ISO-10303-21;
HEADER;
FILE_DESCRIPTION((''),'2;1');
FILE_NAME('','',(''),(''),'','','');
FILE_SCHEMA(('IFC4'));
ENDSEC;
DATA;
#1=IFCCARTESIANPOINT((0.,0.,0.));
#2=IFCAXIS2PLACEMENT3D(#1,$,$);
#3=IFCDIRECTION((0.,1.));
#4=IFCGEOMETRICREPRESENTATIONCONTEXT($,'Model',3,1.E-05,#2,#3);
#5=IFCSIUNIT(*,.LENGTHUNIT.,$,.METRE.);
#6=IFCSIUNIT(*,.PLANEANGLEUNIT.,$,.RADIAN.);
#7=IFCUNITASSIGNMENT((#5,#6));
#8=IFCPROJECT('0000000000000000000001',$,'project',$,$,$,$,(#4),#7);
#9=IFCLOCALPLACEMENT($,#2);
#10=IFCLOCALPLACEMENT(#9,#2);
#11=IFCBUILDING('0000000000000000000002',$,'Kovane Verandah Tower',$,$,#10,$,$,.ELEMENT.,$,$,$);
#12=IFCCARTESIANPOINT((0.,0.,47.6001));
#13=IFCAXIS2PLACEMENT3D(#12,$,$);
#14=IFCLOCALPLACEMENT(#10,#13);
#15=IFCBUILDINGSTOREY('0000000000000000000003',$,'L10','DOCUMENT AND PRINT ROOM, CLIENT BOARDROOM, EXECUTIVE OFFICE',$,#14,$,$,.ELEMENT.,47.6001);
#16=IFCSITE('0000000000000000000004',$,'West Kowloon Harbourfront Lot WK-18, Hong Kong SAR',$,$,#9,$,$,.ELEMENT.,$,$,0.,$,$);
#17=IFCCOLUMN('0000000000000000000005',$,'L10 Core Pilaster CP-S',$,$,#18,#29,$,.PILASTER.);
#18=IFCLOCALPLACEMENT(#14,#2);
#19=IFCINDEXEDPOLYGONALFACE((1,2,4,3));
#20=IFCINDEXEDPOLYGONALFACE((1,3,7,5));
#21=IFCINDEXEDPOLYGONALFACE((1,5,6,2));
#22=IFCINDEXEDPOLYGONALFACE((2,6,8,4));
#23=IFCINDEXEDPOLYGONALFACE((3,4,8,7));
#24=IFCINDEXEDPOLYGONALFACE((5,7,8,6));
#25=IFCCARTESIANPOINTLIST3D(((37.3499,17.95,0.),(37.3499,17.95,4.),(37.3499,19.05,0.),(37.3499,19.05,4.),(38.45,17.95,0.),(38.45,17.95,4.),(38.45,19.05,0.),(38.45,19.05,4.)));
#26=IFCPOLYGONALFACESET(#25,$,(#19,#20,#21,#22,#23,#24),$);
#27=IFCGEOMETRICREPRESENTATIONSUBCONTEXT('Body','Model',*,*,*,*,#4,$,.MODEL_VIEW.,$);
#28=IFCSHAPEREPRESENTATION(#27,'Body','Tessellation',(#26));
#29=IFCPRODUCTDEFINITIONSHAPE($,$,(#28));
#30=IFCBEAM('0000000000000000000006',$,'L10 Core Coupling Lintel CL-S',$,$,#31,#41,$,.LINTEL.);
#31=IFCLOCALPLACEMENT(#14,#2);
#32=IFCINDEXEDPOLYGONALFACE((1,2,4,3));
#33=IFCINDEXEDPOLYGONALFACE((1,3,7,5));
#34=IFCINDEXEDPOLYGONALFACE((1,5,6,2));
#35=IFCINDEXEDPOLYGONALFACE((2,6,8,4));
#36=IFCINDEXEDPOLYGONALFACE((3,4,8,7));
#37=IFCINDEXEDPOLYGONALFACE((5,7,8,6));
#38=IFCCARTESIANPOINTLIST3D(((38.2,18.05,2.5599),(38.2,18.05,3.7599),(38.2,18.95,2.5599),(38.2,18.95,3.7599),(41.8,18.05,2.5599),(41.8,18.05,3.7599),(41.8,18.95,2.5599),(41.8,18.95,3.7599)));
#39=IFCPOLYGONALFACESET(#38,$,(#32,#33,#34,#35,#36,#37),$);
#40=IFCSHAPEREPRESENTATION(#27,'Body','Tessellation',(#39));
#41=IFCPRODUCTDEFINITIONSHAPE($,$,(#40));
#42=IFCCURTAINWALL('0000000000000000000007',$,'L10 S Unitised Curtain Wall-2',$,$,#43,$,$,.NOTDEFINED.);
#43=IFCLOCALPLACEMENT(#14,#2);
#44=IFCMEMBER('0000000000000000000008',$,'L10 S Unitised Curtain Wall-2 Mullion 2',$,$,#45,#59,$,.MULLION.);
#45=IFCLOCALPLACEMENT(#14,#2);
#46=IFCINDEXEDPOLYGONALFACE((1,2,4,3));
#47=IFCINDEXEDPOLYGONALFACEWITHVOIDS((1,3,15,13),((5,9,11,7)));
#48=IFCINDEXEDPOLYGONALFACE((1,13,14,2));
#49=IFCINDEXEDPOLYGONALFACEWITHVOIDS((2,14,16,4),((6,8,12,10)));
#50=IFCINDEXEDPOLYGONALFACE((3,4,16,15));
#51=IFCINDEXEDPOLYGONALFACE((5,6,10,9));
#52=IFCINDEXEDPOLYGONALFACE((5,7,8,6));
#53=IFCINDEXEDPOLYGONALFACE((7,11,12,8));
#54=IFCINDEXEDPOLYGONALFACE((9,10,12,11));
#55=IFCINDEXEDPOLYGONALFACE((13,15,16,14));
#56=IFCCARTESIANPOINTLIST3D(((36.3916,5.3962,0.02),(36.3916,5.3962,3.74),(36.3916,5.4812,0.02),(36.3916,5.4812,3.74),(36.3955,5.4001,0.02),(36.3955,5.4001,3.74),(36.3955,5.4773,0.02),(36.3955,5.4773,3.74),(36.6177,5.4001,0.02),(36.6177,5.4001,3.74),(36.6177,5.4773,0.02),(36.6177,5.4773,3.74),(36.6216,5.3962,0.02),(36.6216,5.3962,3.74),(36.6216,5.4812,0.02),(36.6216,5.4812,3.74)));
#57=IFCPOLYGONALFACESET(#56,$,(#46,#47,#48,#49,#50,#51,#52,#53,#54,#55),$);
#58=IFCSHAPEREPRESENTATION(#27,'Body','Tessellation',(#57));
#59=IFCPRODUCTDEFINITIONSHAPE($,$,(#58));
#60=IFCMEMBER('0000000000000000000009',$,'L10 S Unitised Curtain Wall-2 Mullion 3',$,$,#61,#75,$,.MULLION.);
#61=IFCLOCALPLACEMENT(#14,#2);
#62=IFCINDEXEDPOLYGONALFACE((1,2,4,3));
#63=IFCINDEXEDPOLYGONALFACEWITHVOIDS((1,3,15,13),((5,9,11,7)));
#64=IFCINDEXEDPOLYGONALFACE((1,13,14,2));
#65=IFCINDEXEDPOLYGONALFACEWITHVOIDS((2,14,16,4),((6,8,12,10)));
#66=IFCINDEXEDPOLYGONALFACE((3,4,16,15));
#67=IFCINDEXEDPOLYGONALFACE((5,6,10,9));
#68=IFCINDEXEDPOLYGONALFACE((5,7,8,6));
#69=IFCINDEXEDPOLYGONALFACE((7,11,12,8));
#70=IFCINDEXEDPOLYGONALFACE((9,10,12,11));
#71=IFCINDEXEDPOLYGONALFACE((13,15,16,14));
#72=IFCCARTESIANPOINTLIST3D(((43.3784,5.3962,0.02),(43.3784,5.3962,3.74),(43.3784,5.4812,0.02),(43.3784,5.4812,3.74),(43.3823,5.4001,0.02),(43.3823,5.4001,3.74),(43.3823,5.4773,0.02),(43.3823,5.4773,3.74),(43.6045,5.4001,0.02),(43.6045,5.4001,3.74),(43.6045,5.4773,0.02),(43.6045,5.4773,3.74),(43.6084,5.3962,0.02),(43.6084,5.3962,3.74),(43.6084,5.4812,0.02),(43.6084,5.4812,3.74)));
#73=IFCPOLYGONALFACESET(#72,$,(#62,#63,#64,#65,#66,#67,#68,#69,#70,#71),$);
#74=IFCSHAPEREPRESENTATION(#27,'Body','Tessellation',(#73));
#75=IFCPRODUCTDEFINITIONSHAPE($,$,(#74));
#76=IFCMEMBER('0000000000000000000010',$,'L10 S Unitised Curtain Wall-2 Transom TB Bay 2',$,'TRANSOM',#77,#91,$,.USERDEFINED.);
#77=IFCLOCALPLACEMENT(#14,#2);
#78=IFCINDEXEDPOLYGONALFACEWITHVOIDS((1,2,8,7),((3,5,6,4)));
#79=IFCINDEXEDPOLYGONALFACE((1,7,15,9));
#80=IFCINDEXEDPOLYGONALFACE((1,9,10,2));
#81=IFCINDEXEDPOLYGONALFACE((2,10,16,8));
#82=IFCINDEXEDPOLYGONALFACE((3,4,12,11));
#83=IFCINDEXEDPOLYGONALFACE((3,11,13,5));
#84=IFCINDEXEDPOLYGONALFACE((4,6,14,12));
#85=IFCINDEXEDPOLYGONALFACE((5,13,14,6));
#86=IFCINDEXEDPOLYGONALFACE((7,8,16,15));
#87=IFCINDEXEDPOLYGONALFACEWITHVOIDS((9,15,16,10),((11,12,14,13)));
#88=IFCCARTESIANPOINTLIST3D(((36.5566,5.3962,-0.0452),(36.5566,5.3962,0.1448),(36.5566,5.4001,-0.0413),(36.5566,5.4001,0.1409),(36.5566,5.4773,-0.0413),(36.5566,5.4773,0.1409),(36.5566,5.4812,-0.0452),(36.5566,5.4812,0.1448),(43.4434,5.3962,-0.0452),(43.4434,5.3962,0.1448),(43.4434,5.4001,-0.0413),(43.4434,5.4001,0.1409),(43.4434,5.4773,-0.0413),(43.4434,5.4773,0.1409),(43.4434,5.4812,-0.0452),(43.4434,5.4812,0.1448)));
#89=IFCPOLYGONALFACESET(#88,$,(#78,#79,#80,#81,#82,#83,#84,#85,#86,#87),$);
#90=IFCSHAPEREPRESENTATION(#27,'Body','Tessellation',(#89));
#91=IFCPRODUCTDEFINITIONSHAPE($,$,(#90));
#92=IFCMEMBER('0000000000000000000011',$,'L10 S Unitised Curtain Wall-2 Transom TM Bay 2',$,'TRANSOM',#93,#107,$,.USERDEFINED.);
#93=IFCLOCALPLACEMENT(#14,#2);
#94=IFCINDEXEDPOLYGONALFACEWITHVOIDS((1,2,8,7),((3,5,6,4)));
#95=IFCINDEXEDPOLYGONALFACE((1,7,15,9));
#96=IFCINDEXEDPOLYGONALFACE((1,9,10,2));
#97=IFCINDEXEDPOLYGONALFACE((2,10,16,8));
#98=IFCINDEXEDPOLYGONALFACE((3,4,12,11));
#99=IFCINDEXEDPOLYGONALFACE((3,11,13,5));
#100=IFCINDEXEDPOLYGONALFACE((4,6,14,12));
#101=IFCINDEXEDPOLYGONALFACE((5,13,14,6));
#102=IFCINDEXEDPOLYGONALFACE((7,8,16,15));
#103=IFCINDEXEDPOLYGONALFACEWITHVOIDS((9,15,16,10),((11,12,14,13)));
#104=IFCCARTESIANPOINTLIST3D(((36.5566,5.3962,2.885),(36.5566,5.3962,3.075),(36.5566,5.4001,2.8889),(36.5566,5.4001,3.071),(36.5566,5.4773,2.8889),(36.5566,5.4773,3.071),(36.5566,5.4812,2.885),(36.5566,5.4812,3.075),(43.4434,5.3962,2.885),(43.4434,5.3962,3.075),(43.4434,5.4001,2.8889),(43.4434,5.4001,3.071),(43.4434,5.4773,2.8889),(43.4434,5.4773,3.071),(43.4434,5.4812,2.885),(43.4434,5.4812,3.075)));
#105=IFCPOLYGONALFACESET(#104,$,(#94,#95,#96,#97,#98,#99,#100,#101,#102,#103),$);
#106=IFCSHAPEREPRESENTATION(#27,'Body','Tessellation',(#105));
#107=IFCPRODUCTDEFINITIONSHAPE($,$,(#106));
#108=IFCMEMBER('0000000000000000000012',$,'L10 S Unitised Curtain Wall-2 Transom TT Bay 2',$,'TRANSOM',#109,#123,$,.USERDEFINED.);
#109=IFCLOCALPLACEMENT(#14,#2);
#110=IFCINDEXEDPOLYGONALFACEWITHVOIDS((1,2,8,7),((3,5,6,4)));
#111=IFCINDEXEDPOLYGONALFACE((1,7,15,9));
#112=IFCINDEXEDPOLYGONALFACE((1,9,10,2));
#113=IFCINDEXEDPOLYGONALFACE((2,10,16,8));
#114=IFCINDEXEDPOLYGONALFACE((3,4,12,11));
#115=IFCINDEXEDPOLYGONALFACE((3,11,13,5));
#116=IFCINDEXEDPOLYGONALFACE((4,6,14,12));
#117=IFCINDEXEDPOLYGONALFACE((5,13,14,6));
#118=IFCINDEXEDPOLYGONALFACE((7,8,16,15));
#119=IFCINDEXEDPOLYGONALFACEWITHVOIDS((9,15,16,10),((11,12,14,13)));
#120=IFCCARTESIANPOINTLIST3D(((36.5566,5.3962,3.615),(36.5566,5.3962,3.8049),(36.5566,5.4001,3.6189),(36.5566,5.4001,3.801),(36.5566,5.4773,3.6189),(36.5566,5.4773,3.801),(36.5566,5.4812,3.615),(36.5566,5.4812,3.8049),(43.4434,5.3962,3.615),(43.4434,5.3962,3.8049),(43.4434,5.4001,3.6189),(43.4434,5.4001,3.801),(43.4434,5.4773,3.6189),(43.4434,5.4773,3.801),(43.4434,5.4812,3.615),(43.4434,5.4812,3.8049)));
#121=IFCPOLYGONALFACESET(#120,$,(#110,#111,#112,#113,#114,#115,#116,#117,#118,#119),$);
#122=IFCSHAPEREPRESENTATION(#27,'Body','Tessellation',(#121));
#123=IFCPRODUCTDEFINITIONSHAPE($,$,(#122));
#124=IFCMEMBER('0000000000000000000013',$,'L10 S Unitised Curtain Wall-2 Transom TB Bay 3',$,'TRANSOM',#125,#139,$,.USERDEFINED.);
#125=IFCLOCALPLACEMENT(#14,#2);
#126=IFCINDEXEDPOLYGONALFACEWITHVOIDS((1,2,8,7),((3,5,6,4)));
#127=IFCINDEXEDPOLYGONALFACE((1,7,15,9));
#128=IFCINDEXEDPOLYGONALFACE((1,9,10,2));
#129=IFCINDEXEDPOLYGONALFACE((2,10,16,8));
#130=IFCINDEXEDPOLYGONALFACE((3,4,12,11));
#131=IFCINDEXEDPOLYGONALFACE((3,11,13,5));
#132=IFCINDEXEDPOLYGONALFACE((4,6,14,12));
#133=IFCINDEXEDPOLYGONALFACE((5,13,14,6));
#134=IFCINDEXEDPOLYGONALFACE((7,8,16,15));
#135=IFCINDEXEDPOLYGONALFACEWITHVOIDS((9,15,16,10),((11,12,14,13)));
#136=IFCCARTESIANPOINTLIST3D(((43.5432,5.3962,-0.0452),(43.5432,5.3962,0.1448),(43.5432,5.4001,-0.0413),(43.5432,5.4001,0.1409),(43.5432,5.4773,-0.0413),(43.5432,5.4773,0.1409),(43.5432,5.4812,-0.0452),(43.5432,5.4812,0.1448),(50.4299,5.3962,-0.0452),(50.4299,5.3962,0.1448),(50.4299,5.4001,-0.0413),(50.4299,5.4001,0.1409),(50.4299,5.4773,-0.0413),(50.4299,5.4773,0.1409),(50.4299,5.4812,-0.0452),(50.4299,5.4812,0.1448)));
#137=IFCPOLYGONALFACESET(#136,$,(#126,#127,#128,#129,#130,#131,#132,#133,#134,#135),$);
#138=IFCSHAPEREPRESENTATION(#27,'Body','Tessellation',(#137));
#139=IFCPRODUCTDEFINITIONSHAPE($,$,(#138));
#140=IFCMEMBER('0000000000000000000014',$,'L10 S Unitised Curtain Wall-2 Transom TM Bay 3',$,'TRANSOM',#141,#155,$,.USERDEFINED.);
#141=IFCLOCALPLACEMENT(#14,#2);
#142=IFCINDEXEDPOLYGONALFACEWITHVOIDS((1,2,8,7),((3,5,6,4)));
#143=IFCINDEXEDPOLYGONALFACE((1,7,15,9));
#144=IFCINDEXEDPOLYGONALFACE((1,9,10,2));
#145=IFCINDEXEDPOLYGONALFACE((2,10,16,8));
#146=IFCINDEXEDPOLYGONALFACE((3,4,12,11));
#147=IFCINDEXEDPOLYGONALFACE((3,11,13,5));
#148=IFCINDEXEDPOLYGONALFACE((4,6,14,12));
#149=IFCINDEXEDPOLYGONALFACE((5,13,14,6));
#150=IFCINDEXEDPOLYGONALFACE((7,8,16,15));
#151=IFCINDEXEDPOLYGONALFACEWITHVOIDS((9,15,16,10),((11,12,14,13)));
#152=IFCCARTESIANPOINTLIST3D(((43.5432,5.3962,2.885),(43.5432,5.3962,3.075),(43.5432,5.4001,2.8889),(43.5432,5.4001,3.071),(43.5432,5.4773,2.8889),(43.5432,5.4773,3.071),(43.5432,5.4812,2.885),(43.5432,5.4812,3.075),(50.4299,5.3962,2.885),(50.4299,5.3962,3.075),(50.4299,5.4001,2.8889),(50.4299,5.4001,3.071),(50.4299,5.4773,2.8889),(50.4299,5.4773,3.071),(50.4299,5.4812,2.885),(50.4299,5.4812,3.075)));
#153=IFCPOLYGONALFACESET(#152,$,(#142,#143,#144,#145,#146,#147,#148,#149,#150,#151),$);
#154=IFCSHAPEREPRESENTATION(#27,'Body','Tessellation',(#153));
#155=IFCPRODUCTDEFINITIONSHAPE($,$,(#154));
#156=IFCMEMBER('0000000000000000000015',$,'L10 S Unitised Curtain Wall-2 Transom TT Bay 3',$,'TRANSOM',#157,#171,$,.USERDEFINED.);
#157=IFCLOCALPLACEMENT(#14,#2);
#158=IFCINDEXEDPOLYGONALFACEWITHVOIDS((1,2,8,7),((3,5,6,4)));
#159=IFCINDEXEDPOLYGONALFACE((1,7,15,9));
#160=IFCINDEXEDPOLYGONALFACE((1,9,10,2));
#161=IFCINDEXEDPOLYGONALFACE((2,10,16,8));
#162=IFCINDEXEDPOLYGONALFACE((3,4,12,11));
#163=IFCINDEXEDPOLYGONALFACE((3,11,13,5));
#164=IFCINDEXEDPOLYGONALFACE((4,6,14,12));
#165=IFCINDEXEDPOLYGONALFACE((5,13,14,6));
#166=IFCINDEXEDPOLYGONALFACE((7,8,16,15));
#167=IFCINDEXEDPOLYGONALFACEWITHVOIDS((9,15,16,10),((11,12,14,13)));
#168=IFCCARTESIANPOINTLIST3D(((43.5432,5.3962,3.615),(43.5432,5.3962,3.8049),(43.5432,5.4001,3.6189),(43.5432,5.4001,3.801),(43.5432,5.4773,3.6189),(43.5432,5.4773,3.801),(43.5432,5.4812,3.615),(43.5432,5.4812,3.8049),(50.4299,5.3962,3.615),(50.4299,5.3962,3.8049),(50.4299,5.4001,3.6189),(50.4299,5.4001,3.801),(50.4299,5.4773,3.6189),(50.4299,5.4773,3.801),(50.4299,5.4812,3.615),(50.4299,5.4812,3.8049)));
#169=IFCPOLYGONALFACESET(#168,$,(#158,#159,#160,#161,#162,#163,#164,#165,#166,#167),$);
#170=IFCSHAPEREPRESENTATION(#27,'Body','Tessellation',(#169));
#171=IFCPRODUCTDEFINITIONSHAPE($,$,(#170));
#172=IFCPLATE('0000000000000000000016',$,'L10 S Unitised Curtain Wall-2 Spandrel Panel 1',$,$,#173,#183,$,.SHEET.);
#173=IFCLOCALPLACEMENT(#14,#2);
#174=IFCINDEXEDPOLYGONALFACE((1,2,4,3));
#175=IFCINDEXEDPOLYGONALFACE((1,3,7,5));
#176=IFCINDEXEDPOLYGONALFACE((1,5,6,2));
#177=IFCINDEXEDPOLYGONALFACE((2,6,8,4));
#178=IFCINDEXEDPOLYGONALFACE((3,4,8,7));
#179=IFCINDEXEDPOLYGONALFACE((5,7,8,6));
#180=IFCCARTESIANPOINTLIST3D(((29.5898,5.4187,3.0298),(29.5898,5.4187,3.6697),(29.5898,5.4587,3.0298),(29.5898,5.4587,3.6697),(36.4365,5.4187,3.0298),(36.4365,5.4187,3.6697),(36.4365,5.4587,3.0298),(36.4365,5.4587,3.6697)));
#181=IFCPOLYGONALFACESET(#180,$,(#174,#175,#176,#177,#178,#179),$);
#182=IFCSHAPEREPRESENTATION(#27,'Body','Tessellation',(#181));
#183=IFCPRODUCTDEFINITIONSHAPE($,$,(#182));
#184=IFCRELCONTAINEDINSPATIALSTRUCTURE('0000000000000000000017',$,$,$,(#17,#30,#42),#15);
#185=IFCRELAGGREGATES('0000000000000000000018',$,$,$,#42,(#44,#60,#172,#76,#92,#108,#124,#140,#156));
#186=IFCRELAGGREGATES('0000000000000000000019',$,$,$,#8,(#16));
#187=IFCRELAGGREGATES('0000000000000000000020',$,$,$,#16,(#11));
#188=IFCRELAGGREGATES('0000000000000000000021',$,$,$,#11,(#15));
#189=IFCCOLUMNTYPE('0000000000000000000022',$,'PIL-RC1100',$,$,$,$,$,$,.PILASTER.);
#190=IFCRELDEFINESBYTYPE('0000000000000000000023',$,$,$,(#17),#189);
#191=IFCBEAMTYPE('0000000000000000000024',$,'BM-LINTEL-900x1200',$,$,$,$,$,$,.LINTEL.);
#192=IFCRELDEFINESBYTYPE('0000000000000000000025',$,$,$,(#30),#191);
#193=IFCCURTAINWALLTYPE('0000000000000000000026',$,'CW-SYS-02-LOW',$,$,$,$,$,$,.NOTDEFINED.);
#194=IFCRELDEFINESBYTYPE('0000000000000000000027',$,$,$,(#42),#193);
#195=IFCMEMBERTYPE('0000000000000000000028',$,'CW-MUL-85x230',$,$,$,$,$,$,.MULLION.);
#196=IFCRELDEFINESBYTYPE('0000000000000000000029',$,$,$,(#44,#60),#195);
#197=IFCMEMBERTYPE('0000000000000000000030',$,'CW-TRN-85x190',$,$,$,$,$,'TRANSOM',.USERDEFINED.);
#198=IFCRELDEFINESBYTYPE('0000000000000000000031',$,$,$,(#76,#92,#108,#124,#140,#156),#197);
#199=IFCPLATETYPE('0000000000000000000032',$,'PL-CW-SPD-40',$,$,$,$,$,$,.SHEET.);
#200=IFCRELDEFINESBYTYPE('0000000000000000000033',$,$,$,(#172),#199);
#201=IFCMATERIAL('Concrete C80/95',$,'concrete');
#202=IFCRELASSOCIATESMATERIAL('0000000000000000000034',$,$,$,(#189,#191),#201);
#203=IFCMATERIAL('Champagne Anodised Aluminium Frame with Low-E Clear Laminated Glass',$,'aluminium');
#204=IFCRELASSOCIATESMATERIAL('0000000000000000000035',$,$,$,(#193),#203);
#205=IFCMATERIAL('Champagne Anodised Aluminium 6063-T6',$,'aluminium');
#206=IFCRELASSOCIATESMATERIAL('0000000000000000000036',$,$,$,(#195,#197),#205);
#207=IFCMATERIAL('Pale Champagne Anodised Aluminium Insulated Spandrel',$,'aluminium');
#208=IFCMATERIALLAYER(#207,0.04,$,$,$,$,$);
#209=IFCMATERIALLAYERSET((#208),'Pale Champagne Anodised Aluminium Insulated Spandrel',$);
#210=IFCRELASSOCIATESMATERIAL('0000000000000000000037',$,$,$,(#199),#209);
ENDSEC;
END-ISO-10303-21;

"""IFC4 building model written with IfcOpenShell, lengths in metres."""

from ifc_helpers import new_model, si_unit, direction, frame, origin, origin_2d, place, context, subcontext, project, spatial, rectangle, hollow_rectangle, extrude, material, layer, layer_set, material_profile, profile_set, type_object, element, aggregate, save


model = new_model("IFC4")

# Units and contexts
model_context = context("Model", 3, precision=1e-05, world=origin(), true_north=direction((0.0, 1.0)))
body_context = subcontext(model_context, "Body", "Model", "MODEL_VIEW")
ifc_project = project(units=[si_unit("LENGTHUNIT", "METRE"), si_unit("PLANEANGLEUNIT", "RADIAN")], contexts=[model_context])

# Site, building, storey
site_placement = place(None, origin())
site = spatial("IfcSite", under=ifc_project, at=site_placement, Name="West Kowloon Harbourfront Lot WK-18, Hong Kong SAR", CompositionType="ELEMENT", RefElevation=0.0)
building_placement = place(site_placement, origin())
building = spatial("IfcBuilding", under=site, at=building_placement, Name="Kovane Verandah Tower", CompositionType="ELEMENT")
storey_placement = place(building_placement, frame((0.0, 0.0, 47.6001)))
storey = spatial("IfcBuildingStorey", under=building, at=storey_placement, Name="L10", Description="DOCUMENT AND PRINT ROOM, CLIENT BOARDROOM, EXECUTIVE OFFICE", CompositionType="ELEMENT", Elevation=47.6001)

# Column
ifc_material_1 = material(Name="Concrete C80/95", Category="concrete")
ifc_material_profile_1 = material_profile(ifc_material_1, rectangle(XDim=1.1001, YDim=1.1001, at=origin_2d()), Name="RC1100x1100")
ifc_profile_set_1 = profile_set([ifc_material_profile_1], Name="Concrete C80/95")
column_type = type_object("IfcColumnType", Name="PIL-RC1100", PredefinedType="PILASTER", material=ifc_profile_set_1)
column_placement = place(storey_placement, frame((37.8999, 18.5, 0.0), z_axis=(0.0, 0.0, 1.0), x_axis=(1.0, 0.0, 0.0)))
element("IfcColumn", 1, at=column_placement, inside=storey, type_object=column_type, Name="L10 Core Pilaster CP-S", PredefinedType="PILASTER", context=body_context, shape_type="SweptSolid", body=[
    extrude(rectangle(XDim=1.1001, YDim=1.1001, at=origin_2d()), origin(), (0.0, 0.0, 1.0), 4.0),
])

# Beam
ifc_material_profile_2 = material_profile(ifc_material_1, rectangle(XDim=0.8999, YDim=1.2, at=origin_2d()), Name="RCB900x1200")
ifc_profile_set_2 = profile_set([ifc_material_profile_2], Name="Concrete C80/95")
beam_type = type_object("IfcBeamType", Name="BM-LINTEL-900x1200", PredefinedType="LINTEL", material=ifc_profile_set_2)
beam_placement = place(storey_placement, frame((38.2, 18.5, 3.1599), z_axis=(1.0, 0.0, 0.0), x_axis=(0.0, 1.0, 0.0)))
element("IfcBeam", 2, at=beam_placement, inside=storey, type_object=beam_type, Name="L10 Core Coupling Lintel CL-S", PredefinedType="LINTEL", context=body_context, shape_type="SweptSolid", body=[
    extrude(rectangle(XDim=0.8999, YDim=1.2, at=origin_2d()), origin(), (0.0, 0.0, 1.0), 3.6001),
])

# Curtain wall, members, plate
ifc_material_2 = material(Name="Champagne Anodised Aluminium Frame with Low-E Clear Laminated Glass", Category="aluminium")
curtain_wall_type = type_object("IfcCurtainWallType", Name="CW-SYS-02-LOW", PredefinedType="NOTDEFINED", material=ifc_material_2)
curtain_wall_placement = place(storey_placement, origin())
curtain_wall = element("IfcCurtainWall", 3, at=curtain_wall_placement, inside=storey, type_object=curtain_wall_type, Name="L10 S Unitised Curtain Wall-2", PredefinedType="NOTDEFINED")
ifc_material_3 = material(Name="Champagne Anodised Aluminium 6063-T6", Category="aluminium")
ifc_material_profile_3 = material_profile(ifc_material_3, hollow_rectangle(XDim=0.085, YDim=0.23, WallThickness=0.0039, at=origin_2d()), Name="AL85x230x4")
ifc_profile_set_3 = profile_set([ifc_material_profile_3], Name="Champagne Anodised Aluminium 6063-T6")
member_type_1 = type_object("IfcMemberType", Name="CW-MUL-85x230", PredefinedType="MULLION", material=ifc_profile_set_3)
member_1_placement = place(storey_placement, frame((36.5066, 5.4387, 0.02), z_axis=(0.0, 0.0, 1.0), x_axis=(0.0, -1.0, 0.0)))
member_1 = element("IfcMember", 4, at=member_1_placement, type_object=member_type_1, Name="L10 S Unitised Curtain Wall-2 Mullion 2", PredefinedType="MULLION", context=body_context, shape_type="SweptSolid", body=[
    extrude(hollow_rectangle(XDim=0.085, YDim=0.23, WallThickness=0.0039, at=origin_2d()), origin(), (0.0, 0.0, 1.0), 3.72),
])
member_2_placement = place(storey_placement, frame((43.4934, 5.4387, 0.02), z_axis=(0.0, 0.0, 1.0), x_axis=(0.0, -1.0, 0.0)))
member_2 = element("IfcMember", 5, at=member_2_placement, type_object=member_type_1, Name="L10 S Unitised Curtain Wall-2 Mullion 3", PredefinedType="MULLION", context=body_context, shape_type="SweptSolid", body=[
    extrude(hollow_rectangle(XDim=0.085, YDim=0.23, WallThickness=0.0039, at=origin_2d()), origin(), (0.0, 0.0, 1.0), 3.72),
])
ifc_material_profile_4 = material_profile(ifc_material_3, hollow_rectangle(XDim=0.085, YDim=0.1899, WallThickness=0.0039, at=origin_2d()), Name="AL85x190x4")
ifc_profile_set_4 = profile_set([ifc_material_profile_4], Name="Champagne Anodised Aluminium 6063-T6")
member_type_2 = type_object("IfcMemberType", Name="CW-TRN-85x190", ElementType="TRANSOM", PredefinedType="USERDEFINED", material=ifc_profile_set_4)
member_3_placement = place(storey_placement, frame((36.5566, 5.4387, 0.0498), z_axis=(1.0, 0.0, 0.0), x_axis=(0.0, 1.0, 0.0)))
member_3 = element("IfcMember", 6, at=member_3_placement, type_object=member_type_2, Name="L10 S Unitised Curtain Wall-2 Transom TB Bay 2", ObjectType="TRANSOM", PredefinedType="USERDEFINED", context=body_context, shape_type="SweptSolid", body=[
    extrude(hollow_rectangle(XDim=0.085, YDim=0.1899, WallThickness=0.0039, at=origin_2d()), origin(), (0.0, 0.0, 1.0), 6.8867),
])
member_4_placement = place(storey_placement, frame((36.5566, 5.4387, 2.98), z_axis=(1.0, 0.0, 0.0), x_axis=(0.0, 1.0, 0.0)))
member_4 = element("IfcMember", 7, at=member_4_placement, type_object=member_type_2, Name="L10 S Unitised Curtain Wall-2 Transom TM Bay 2", ObjectType="TRANSOM", PredefinedType="USERDEFINED", context=body_context, shape_type="SweptSolid", body=[
    extrude(hollow_rectangle(XDim=0.085, YDim=0.1899, WallThickness=0.0039, at=origin_2d()), origin(), (0.0, 0.0, 1.0), 6.8867),
])
member_5_placement = place(storey_placement, frame((36.5566, 5.4387, 3.71), z_axis=(1.0, 0.0, 0.0), x_axis=(0.0, 1.0, 0.0)))
member_5 = element("IfcMember", 8, at=member_5_placement, type_object=member_type_2, Name="L10 S Unitised Curtain Wall-2 Transom TT Bay 2", ObjectType="TRANSOM", PredefinedType="USERDEFINED", context=body_context, shape_type="SweptSolid", body=[
    extrude(hollow_rectangle(XDim=0.085, YDim=0.1899, WallThickness=0.0039, at=origin_2d()), origin(), (0.0, 0.0, 1.0), 6.8867),
])
member_6_placement = place(storey_placement, frame((43.5432, 5.4387, 0.0498), z_axis=(1.0, 0.0, 0.0), x_axis=(0.0, 1.0, 0.0)))
member_6 = element("IfcMember", 9, at=member_6_placement, type_object=member_type_2, Name="L10 S Unitised Curtain Wall-2 Transom TB Bay 3", ObjectType="TRANSOM", PredefinedType="USERDEFINED", context=body_context, shape_type="SweptSolid", body=[
    extrude(hollow_rectangle(XDim=0.085, YDim=0.1899, WallThickness=0.0039, at=origin_2d()), origin(), (0.0, 0.0, 1.0), 6.8867),
])
member_7_placement = place(storey_placement, frame((43.5432, 5.4387, 2.98), z_axis=(1.0, 0.0, 0.0), x_axis=(0.0, 1.0, 0.0)))
member_7 = element("IfcMember", 10, at=member_7_placement, type_object=member_type_2, Name="L10 S Unitised Curtain Wall-2 Transom TM Bay 3", ObjectType="TRANSOM", PredefinedType="USERDEFINED", context=body_context, shape_type="SweptSolid", body=[
    extrude(hollow_rectangle(XDim=0.085, YDim=0.1899, WallThickness=0.0039, at=origin_2d()), origin(), (0.0, 0.0, 1.0), 6.8867),
])
member_8_placement = place(storey_placement, frame((43.5432, 5.4387, 3.71), z_axis=(1.0, 0.0, 0.0), x_axis=(0.0, 1.0, 0.0)))
member_8 = element("IfcMember", 11, at=member_8_placement, type_object=member_type_2, Name="L10 S Unitised Curtain Wall-2 Transom TT Bay 3", ObjectType="TRANSOM", PredefinedType="USERDEFINED", context=body_context, shape_type="SweptSolid", body=[
    extrude(hollow_rectangle(XDim=0.085, YDim=0.1899, WallThickness=0.0039, at=origin_2d()), origin(), (0.0, 0.0, 1.0), 6.8867),
])
ifc_material_4 = material(Name="Pale Champagne Anodised Aluminium Insulated Spandrel", Category="aluminium")
ifc_layer_1 = layer(ifc_material_4, 0.04)
ifc_layer_set_1 = layer_set([ifc_layer_1], Name="Pale Champagne Anodised Aluminium Insulated Spandrel")
plate_type_1 = type_object("IfcPlateType", Name="PL-CW-SPD-40", PredefinedType="SHEET", material=ifc_layer_set_1)
plate_1_placement = place(storey_placement, frame((33.0132, 5.4387, 3.0298), z_axis=(0.0, 0.0, 1.0), x_axis=(1.0, 0.0, 0.0)))
plate_1 = element("IfcPlate", 12, at=plate_1_placement, type_object=plate_type_1, Name="L10 S Unitised Curtain Wall-2 Spandrel Panel 1", PredefinedType="SHEET", context=body_context, shape_type="SweptSolid", body=[
    extrude(rectangle(XDim=6.8467, YDim=0.04, at=origin_2d()), origin(), (0.0, 0.0, 1.0), 0.6399),
])
aggregate(curtain_wall, [member_1, member_2, plate_1, member_3, member_4, member_5, member_6, member_7, member_8])

save(model, "model.ifc")
